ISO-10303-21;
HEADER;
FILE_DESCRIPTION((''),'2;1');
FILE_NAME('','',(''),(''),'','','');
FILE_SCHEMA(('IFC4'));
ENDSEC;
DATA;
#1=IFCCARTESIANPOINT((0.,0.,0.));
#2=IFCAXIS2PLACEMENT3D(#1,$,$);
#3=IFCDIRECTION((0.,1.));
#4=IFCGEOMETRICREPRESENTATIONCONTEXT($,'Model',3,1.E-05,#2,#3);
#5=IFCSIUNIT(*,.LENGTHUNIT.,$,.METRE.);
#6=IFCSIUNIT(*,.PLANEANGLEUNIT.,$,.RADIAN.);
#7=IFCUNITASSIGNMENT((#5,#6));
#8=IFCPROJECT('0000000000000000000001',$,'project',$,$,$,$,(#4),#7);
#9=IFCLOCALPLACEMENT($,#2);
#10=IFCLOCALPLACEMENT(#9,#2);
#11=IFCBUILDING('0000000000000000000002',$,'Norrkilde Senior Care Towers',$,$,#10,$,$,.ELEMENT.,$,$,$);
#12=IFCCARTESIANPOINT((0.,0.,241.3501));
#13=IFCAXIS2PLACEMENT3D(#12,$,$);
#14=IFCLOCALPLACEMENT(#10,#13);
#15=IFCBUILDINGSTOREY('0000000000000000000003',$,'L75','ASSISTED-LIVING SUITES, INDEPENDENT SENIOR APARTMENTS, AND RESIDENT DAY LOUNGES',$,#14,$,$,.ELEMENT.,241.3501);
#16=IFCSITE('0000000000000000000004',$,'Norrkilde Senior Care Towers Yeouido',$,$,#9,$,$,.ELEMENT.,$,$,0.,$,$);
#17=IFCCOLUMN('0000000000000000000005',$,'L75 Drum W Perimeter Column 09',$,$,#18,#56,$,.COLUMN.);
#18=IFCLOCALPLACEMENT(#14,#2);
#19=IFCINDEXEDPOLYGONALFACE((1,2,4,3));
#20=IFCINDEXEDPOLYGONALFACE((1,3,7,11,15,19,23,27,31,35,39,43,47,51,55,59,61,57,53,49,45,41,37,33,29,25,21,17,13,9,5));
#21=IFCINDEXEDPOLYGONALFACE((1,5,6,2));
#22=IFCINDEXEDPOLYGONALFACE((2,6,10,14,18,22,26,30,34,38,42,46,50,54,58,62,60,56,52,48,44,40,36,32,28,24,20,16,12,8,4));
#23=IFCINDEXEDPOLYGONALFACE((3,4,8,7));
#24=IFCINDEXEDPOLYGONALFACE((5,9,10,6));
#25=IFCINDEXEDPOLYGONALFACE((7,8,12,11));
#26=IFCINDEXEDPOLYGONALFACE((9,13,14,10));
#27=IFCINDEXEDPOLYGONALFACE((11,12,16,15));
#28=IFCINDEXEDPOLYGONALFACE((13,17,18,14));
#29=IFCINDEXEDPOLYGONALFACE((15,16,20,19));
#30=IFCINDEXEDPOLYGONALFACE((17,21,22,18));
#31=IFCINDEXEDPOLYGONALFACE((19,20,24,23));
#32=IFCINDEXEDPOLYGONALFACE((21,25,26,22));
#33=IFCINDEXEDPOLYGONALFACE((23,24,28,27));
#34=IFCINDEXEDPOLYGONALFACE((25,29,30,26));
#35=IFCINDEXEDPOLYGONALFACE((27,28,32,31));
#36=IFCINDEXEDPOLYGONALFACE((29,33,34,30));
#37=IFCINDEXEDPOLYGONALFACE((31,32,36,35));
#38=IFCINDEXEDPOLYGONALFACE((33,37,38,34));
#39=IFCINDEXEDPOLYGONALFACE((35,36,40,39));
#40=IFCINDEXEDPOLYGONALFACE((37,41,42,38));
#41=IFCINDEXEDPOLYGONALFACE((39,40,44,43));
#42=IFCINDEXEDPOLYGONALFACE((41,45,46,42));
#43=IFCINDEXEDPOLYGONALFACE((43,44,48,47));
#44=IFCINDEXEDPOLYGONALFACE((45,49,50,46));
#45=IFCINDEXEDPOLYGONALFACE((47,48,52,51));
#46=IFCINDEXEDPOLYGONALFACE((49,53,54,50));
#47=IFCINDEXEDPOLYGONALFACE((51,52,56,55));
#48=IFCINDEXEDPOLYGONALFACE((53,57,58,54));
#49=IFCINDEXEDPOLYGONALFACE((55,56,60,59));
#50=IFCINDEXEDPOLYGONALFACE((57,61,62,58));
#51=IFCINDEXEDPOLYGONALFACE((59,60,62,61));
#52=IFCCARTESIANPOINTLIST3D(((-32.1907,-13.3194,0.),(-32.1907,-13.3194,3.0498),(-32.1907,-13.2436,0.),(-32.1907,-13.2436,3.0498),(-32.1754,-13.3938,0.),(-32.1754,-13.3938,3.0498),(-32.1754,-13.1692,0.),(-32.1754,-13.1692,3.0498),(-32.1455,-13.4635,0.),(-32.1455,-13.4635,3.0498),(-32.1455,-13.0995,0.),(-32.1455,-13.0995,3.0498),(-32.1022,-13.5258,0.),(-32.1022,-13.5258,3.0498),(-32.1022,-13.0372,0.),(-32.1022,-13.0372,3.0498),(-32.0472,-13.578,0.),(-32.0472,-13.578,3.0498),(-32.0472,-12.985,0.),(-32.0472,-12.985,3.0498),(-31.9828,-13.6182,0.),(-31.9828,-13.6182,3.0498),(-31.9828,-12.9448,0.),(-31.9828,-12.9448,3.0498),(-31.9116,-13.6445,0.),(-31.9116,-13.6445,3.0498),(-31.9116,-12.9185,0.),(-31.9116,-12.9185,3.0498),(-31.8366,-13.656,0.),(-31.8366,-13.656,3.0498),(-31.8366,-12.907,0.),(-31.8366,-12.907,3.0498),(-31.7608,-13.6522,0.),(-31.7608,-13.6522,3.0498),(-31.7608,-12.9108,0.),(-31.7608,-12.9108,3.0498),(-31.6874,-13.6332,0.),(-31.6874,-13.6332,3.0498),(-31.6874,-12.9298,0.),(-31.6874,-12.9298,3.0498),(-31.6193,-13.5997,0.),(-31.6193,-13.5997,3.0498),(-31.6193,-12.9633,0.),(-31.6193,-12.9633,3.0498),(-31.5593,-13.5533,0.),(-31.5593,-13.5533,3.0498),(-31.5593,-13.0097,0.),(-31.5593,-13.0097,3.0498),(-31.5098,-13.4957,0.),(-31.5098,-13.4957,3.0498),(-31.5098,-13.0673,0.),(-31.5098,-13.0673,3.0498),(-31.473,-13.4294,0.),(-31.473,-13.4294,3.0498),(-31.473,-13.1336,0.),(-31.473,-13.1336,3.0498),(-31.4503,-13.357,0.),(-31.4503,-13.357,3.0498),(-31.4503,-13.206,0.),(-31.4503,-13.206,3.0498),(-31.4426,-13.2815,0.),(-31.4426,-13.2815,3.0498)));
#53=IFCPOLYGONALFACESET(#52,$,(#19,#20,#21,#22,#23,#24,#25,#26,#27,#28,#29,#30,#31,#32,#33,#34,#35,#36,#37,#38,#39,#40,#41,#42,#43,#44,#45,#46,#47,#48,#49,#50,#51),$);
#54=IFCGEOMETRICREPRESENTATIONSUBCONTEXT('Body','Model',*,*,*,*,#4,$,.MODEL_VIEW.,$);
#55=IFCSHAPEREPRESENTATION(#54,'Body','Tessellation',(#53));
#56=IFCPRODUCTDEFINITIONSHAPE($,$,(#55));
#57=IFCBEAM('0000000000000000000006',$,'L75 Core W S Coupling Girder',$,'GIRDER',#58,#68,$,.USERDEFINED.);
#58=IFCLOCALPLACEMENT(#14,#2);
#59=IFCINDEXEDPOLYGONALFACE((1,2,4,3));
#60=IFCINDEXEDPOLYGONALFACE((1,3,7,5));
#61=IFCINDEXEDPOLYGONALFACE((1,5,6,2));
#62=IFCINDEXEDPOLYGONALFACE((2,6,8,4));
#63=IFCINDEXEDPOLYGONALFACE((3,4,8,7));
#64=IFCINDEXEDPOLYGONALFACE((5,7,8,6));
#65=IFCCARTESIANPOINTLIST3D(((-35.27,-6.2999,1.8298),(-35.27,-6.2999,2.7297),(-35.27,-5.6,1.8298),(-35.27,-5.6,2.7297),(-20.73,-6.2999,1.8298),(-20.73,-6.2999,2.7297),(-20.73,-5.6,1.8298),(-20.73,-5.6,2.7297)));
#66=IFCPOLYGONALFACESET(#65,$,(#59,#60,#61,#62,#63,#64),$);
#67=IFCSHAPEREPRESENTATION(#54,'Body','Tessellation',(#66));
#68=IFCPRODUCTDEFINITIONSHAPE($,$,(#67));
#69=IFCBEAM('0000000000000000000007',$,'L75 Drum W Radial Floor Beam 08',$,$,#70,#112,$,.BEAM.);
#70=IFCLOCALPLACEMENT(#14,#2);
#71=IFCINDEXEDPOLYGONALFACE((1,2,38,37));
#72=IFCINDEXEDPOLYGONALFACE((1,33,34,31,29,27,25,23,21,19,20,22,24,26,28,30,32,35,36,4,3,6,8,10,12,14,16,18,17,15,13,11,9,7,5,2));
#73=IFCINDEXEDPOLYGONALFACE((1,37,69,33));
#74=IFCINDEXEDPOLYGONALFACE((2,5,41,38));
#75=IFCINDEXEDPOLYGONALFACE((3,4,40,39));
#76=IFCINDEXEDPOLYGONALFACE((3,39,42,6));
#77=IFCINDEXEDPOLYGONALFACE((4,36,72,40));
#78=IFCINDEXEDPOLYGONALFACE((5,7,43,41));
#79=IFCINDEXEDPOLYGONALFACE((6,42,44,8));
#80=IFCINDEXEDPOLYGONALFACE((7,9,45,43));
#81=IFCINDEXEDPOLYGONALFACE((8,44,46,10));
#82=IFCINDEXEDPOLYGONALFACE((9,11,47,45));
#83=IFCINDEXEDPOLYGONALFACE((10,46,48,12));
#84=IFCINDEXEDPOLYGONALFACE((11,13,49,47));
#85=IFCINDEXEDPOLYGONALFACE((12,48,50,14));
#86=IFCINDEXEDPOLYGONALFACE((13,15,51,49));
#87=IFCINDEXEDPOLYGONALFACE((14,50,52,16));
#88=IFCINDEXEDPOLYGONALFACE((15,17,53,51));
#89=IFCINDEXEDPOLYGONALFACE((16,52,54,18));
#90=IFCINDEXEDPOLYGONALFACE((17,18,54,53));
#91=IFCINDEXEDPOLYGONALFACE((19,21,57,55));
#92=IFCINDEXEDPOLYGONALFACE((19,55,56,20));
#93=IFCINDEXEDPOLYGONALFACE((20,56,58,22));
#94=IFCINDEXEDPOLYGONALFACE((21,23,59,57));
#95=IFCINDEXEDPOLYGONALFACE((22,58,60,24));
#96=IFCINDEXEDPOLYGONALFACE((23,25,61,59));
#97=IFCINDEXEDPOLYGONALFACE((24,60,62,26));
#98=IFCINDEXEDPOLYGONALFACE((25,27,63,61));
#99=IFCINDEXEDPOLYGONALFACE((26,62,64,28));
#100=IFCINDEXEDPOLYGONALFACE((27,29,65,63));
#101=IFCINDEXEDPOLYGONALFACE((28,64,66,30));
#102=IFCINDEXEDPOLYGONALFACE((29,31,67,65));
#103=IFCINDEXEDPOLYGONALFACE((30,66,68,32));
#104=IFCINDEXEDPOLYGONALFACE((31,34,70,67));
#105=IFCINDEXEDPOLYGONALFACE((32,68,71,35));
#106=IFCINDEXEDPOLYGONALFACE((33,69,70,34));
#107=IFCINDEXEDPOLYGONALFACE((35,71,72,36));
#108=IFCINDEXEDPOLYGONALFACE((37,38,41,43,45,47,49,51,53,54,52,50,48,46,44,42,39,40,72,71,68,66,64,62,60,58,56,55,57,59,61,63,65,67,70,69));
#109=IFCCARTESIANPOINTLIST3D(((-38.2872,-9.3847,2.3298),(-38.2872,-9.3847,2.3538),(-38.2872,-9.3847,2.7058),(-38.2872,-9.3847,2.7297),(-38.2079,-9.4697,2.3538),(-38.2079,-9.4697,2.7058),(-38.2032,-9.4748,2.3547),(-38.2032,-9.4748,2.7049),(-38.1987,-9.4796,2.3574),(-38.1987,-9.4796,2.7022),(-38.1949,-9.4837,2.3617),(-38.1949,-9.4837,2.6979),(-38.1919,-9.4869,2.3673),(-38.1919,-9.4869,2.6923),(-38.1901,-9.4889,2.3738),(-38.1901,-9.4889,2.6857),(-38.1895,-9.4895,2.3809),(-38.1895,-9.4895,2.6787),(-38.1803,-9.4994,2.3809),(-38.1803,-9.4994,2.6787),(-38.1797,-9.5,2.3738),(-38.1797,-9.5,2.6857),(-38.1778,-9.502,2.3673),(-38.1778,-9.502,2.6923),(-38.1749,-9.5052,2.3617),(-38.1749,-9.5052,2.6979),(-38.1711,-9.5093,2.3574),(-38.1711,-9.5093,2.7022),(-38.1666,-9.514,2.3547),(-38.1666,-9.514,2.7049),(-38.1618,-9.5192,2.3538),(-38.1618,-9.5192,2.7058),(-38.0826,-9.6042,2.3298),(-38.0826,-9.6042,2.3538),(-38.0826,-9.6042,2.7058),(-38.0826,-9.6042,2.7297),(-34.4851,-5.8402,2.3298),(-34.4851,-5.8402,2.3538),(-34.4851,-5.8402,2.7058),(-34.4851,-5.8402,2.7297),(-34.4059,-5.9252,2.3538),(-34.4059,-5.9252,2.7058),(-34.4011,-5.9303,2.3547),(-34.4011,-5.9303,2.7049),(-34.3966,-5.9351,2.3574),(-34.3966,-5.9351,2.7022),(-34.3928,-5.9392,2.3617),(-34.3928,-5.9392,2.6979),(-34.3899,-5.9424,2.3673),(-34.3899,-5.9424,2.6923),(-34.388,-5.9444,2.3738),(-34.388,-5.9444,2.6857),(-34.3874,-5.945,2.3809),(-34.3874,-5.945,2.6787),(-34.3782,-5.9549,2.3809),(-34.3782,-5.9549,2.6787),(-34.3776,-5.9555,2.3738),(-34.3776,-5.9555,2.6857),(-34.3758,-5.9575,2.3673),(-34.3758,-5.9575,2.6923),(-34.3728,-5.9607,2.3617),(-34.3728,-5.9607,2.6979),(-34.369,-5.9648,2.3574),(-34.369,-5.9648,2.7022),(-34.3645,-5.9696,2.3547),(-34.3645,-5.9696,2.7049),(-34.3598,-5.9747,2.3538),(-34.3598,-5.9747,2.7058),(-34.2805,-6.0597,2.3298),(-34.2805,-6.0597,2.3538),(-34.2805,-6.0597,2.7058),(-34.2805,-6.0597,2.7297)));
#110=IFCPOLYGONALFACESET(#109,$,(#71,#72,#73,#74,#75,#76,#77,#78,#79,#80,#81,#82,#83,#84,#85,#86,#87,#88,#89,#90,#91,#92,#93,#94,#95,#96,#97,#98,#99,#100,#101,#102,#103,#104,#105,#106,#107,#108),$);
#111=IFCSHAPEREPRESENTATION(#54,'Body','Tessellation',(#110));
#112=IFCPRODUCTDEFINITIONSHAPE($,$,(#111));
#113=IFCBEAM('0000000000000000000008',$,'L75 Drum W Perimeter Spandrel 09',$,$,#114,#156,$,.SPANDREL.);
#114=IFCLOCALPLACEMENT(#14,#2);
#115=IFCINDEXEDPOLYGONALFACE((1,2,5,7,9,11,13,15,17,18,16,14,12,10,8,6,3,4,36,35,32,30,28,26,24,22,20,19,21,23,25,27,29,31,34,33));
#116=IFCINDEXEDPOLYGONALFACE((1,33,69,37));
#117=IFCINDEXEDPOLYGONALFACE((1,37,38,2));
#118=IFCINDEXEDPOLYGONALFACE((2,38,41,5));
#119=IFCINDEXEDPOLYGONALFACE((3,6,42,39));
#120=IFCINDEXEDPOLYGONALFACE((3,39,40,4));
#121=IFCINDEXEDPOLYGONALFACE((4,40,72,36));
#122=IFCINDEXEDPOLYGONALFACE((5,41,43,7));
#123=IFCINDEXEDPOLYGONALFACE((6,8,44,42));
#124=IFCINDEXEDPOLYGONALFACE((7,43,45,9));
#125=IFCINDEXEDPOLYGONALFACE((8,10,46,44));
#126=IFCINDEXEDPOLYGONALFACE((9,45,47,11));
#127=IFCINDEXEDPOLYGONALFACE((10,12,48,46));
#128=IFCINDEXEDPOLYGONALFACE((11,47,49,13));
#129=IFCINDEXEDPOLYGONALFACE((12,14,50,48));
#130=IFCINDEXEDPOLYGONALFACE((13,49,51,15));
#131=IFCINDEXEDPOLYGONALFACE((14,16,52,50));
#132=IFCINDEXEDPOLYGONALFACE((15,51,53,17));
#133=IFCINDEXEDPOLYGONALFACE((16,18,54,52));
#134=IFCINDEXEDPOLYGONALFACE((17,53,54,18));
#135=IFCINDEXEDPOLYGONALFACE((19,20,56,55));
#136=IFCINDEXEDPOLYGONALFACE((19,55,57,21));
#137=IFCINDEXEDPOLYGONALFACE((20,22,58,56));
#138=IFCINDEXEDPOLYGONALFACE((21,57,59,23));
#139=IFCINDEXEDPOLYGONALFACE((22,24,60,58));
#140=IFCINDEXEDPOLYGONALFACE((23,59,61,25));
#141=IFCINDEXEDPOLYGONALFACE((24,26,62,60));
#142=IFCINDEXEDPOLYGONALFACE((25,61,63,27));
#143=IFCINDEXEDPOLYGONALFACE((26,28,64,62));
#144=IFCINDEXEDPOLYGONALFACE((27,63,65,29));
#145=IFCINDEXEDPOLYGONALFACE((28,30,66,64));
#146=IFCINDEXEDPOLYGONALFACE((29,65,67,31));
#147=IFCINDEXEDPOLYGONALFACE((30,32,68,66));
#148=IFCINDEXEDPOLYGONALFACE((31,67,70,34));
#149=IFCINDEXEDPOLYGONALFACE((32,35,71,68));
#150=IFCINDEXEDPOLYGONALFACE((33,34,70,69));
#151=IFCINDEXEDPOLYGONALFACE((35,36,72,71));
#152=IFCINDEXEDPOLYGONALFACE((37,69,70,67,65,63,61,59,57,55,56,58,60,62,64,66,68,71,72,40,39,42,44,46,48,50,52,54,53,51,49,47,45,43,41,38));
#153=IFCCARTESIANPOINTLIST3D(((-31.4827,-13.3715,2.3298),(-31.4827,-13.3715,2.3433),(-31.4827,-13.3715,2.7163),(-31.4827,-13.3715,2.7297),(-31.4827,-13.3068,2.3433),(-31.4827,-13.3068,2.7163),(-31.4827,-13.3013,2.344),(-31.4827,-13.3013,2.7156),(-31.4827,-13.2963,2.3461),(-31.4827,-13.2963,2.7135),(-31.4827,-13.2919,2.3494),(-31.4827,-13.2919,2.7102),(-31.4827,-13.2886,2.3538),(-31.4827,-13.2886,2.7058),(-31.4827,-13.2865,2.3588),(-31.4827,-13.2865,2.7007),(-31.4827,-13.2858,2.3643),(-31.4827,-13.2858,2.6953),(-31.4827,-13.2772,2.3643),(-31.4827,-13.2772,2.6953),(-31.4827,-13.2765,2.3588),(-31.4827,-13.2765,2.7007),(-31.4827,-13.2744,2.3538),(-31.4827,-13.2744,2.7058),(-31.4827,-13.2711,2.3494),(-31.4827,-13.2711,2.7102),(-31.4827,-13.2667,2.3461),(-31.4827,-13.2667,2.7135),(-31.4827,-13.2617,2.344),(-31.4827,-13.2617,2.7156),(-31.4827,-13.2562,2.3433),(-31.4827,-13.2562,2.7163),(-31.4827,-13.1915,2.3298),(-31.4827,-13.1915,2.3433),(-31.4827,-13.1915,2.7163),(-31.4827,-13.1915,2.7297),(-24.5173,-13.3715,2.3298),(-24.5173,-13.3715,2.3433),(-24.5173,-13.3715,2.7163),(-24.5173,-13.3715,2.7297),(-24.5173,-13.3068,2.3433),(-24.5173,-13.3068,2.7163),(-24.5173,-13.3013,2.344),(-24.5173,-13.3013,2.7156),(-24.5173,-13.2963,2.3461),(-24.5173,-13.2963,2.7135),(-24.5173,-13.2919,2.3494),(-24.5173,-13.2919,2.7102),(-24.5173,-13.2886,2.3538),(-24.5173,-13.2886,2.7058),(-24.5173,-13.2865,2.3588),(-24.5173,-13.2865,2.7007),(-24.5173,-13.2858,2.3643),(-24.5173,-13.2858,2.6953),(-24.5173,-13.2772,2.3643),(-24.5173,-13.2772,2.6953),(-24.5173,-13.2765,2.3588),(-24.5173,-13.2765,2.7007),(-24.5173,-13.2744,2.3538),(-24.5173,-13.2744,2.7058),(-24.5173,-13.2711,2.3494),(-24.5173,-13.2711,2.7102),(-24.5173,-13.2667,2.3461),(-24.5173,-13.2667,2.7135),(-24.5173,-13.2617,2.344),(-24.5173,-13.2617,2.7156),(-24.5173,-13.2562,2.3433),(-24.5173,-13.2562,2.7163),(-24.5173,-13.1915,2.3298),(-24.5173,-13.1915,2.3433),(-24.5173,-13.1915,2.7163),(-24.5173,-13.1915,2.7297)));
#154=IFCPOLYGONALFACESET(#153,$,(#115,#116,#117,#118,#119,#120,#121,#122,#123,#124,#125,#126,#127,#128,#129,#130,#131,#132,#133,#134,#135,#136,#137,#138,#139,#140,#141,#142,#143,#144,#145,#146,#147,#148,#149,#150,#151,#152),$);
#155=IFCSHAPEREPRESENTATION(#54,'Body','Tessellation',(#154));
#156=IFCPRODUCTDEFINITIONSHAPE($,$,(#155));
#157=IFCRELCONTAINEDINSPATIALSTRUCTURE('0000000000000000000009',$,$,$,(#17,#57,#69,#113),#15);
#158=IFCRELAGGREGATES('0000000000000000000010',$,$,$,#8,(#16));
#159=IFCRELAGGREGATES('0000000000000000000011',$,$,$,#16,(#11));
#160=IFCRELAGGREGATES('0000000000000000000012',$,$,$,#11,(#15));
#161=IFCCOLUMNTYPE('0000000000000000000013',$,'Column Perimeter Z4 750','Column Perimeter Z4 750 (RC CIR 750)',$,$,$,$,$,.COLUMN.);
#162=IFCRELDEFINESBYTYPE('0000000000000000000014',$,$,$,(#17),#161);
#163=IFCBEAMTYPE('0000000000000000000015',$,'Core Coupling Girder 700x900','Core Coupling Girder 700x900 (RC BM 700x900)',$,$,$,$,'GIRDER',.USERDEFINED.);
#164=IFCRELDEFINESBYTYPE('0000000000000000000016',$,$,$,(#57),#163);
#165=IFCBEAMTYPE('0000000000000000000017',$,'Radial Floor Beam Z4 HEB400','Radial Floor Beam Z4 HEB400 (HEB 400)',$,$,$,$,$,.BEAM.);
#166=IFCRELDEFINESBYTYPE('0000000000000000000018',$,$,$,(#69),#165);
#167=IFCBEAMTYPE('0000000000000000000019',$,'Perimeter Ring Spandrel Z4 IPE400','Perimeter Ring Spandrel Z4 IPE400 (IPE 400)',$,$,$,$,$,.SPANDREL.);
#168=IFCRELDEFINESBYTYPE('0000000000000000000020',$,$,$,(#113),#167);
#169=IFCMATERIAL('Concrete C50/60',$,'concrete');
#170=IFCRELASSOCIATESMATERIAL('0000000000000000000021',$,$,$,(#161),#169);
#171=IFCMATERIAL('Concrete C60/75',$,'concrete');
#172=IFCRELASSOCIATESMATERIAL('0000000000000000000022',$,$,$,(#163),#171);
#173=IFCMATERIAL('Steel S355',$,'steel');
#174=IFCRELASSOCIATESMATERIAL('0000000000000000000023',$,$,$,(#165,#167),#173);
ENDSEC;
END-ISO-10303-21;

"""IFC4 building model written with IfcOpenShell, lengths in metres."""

from ifc_helpers import new_model, si_unit, direction, frame, origin, origin_2d, place, context, subcontext, project, spatial, rectangle, circle, i_section, extrude, source, transform, mapped, material, material_profile, profile_set, type_object, type_shapes, element, save


model = new_model("IFC4")

# Units and contexts
model_context = context("Model", 3, precision=1e-05, world=origin(), true_north=direction((0.0, 1.0)))
body_context = subcontext(model_context, "Body", "Model", "MODEL_VIEW")
ifc_project = project(units=[si_unit("LENGTHUNIT", "METRE"), si_unit("PLANEANGLEUNIT", "RADIAN")], contexts=[model_context])

# Site, building, storey
site_placement = place(None, origin())
site = spatial("IfcSite", under=ifc_project, at=site_placement, Name="Norrkilde Senior Care Towers Yeouido", CompositionType="ELEMENT", RefElevation=0.0)
building_placement = place(site_placement, origin())
building = spatial("IfcBuilding", under=site, at=building_placement, Name="Norrkilde Senior Care Towers", CompositionType="ELEMENT")
storey_placement = place(building_placement, frame((0.0, 0.0, 241.3501)))
storey = spatial("IfcBuildingStorey", under=building, at=storey_placement, Name="L75", Description="ASSISTED-LIVING SUITES, INDEPENDENT SENIOR APARTMENTS, AND RESIDENT DAY LOUNGES", CompositionType="ELEMENT", Elevation=241.3501)

# Column
ifc_material_1 = material(Name="Concrete C50/60", Category="concrete")
ifc_material_profile_1 = material_profile(ifc_material_1, circle(Radius=0.375, at=origin_2d()), Name="RC CIR 750")
ifc_profile_set_1 = profile_set([ifc_material_profile_1], Name="Concrete C50/60")
column_type = type_object("IfcColumnType", Name="Column Perimeter Z4 750", Description="Column Perimeter Z4 750 (RC CIR 750)", PredefinedType="COLUMN", material=ifc_profile_set_1)
shared_shape_1 = source(origin(), body_context, "Body", "SweptSolid", [
    extrude(circle(Radius=0.375, at=origin_2d()), origin(), (0.0, 0.0, 1.0), 3.0498),
])
type_shapes(column_type, [shared_shape_1])
column_placement = place(storey_placement, frame((-31.8176, -13.2815, 0.0), z_axis=(0.0, 0.0, 1.0), x_axis=(1.0, 0.0, 0.0)))
element("IfcColumn", 1, at=column_placement, inside=storey, type_object=column_type, Name="L75 Drum W Perimeter Column 09", PredefinedType="COLUMN", context=body_context, shape_type="MappedRepresentation", body=[
    mapped(shared_shape_1, transform((0.0, 0.0, 0.0), x_axis=(1.0, 0.0, 0.0), y_axis=(0.0, 1.0, 0.0), z_axis=(0.0, 0.0, 1.0), scale=1.0)),
])

# Beams
ifc_material_2 = material(Name="Concrete C60/75", Category="concrete")
ifc_material_profile_2 = material_profile(ifc_material_2, rectangle(XDim=0.7, YDim=0.8999, at=origin_2d()), Name="RC BM 700x900")
ifc_profile_set_2 = profile_set([ifc_material_profile_2], Name="Concrete C60/75")
beam_type_1 = type_object("IfcBeamType", Name="Core Coupling Girder 700x900", Description="Core Coupling Girder 700x900 (RC BM 700x900)", ElementType="GIRDER", PredefinedType="USERDEFINED", material=ifc_profile_set_2)
shared_shape_2 = source(origin(), body_context, "Body", "SweptSolid", [
    extrude(rectangle(XDim=0.7, YDim=0.8999, at=origin_2d()), origin(), (0.0, 0.0, 1.0), 14.54),
])
type_shapes(beam_type_1, [shared_shape_2])
beam_1_placement = place(storey_placement, frame((-35.27, -5.95, 2.2798), z_axis=(1.0, 0.0, 0.0), x_axis=(0.0, 1.0, 0.0)))
element("IfcBeam", 2, at=beam_1_placement, inside=storey, type_object=beam_type_1, Name="L75 Core W S Coupling Girder", ObjectType="GIRDER", PredefinedType="USERDEFINED", context=body_context, shape_type="MappedRepresentation", body=[
    mapped(shared_shape_2, transform((0.0, 0.0, 0.0), x_axis=(1.0, 0.0, 0.0), y_axis=(0.0, 1.0, 0.0), z_axis=(0.0, 0.0, 1.0), scale=1.0)),
])
ifc_material_3 = material(Name="Steel S355", Category="steel")
ifc_material_profile_3 = material_profile(ifc_material_3, i_section(OverallWidth=0.3, OverallDepth=0.3999, WebThickness=0.0134, FlangeThickness=0.0239, FilletRadius=0.0271, at=origin_2d()), Name="HEB 400")
ifc_profile_set_3 = profile_set([ifc_material_profile_3], Name="Steel S355")
beam_type_2 = type_object("IfcBeamType", Name="Radial Floor Beam Z4 HEB400", Description="Radial Floor Beam Z4 HEB400 (HEB 400)", PredefinedType="BEAM", material=ifc_profile_set_3)
shared_shape_3 = source(origin(), body_context, "Body", "SweptSolid", [
    extrude(i_section(OverallWidth=0.3, OverallDepth=0.3999, WebThickness=0.0134, FlangeThickness=0.0239, FilletRadius=0.0271, at=origin_2d()), origin(), (0.0, 0.0, 1.0), 5.198),
])
beam_2_placement = place(storey_placement, frame((-34.3828, -5.95, 2.5298), z_axis=(-0.731449, -0.681896, 0.0), x_axis=(0.681896, -0.731449, 0.0)))
element("IfcBeam", 3, at=beam_2_placement, inside=storey, type_object=beam_type_2, Name="L75 Drum W Radial Floor Beam 08", PredefinedType="BEAM", context=body_context, shape_type="MappedRepresentation", body=[
    mapped(shared_shape_3, transform((0.0, 0.0, 0.0), x_axis=(1.0, 0.0, 0.0), y_axis=(0.0, 1.0, 0.0), z_axis=(0.0, 0.0, 1.0), scale=1.0)),
])
ifc_material_profile_4 = material_profile(ifc_material_3, i_section(OverallWidth=0.1799, OverallDepth=0.3999, WebThickness=0.0085, FlangeThickness=0.0134, FilletRadius=0.021, at=origin_2d()), Name="IPE 400")
ifc_profile_set_4 = profile_set([ifc_material_profile_4], Name="Steel S355")
beam_type_3 = type_object("IfcBeamType", Name="Perimeter Ring Spandrel Z4 IPE400", Description="Perimeter Ring Spandrel Z4 IPE400 (IPE 400)", PredefinedType="SPANDREL", material=ifc_profile_set_4)
shared_shape_4 = source(origin(), body_context, "Body", "SweptSolid", [
    extrude(i_section(OverallWidth=0.1799, OverallDepth=0.3999, WebThickness=0.0085, FlangeThickness=0.0134, FilletRadius=0.021, at=origin_2d()), origin(), (0.0, 0.0, 1.0), 6.9653),
])
type_shapes(beam_type_3, [shared_shape_4])
beam_3_placement = place(storey_placement, frame((-31.4827, -13.2815, 2.5298), z_axis=(1.0, 0.0, 0.0), x_axis=(0.0, 1.0, 0.0)))
element("IfcBeam", 4, at=beam_3_placement, inside=storey, type_object=beam_type_3, Name="L75 Drum W Perimeter Spandrel 09", PredefinedType="SPANDREL", context=body_context, shape_type="MappedRepresentation", body=[
    mapped(shared_shape_4, transform((0.0, 0.0, 0.0), x_axis=(1.0, 0.0, 0.0), y_axis=(0.0, 1.0, 0.0), z_axis=(0.0, 0.0, 1.0), scale=1.0)),
])

save(model, "model.ifc")
